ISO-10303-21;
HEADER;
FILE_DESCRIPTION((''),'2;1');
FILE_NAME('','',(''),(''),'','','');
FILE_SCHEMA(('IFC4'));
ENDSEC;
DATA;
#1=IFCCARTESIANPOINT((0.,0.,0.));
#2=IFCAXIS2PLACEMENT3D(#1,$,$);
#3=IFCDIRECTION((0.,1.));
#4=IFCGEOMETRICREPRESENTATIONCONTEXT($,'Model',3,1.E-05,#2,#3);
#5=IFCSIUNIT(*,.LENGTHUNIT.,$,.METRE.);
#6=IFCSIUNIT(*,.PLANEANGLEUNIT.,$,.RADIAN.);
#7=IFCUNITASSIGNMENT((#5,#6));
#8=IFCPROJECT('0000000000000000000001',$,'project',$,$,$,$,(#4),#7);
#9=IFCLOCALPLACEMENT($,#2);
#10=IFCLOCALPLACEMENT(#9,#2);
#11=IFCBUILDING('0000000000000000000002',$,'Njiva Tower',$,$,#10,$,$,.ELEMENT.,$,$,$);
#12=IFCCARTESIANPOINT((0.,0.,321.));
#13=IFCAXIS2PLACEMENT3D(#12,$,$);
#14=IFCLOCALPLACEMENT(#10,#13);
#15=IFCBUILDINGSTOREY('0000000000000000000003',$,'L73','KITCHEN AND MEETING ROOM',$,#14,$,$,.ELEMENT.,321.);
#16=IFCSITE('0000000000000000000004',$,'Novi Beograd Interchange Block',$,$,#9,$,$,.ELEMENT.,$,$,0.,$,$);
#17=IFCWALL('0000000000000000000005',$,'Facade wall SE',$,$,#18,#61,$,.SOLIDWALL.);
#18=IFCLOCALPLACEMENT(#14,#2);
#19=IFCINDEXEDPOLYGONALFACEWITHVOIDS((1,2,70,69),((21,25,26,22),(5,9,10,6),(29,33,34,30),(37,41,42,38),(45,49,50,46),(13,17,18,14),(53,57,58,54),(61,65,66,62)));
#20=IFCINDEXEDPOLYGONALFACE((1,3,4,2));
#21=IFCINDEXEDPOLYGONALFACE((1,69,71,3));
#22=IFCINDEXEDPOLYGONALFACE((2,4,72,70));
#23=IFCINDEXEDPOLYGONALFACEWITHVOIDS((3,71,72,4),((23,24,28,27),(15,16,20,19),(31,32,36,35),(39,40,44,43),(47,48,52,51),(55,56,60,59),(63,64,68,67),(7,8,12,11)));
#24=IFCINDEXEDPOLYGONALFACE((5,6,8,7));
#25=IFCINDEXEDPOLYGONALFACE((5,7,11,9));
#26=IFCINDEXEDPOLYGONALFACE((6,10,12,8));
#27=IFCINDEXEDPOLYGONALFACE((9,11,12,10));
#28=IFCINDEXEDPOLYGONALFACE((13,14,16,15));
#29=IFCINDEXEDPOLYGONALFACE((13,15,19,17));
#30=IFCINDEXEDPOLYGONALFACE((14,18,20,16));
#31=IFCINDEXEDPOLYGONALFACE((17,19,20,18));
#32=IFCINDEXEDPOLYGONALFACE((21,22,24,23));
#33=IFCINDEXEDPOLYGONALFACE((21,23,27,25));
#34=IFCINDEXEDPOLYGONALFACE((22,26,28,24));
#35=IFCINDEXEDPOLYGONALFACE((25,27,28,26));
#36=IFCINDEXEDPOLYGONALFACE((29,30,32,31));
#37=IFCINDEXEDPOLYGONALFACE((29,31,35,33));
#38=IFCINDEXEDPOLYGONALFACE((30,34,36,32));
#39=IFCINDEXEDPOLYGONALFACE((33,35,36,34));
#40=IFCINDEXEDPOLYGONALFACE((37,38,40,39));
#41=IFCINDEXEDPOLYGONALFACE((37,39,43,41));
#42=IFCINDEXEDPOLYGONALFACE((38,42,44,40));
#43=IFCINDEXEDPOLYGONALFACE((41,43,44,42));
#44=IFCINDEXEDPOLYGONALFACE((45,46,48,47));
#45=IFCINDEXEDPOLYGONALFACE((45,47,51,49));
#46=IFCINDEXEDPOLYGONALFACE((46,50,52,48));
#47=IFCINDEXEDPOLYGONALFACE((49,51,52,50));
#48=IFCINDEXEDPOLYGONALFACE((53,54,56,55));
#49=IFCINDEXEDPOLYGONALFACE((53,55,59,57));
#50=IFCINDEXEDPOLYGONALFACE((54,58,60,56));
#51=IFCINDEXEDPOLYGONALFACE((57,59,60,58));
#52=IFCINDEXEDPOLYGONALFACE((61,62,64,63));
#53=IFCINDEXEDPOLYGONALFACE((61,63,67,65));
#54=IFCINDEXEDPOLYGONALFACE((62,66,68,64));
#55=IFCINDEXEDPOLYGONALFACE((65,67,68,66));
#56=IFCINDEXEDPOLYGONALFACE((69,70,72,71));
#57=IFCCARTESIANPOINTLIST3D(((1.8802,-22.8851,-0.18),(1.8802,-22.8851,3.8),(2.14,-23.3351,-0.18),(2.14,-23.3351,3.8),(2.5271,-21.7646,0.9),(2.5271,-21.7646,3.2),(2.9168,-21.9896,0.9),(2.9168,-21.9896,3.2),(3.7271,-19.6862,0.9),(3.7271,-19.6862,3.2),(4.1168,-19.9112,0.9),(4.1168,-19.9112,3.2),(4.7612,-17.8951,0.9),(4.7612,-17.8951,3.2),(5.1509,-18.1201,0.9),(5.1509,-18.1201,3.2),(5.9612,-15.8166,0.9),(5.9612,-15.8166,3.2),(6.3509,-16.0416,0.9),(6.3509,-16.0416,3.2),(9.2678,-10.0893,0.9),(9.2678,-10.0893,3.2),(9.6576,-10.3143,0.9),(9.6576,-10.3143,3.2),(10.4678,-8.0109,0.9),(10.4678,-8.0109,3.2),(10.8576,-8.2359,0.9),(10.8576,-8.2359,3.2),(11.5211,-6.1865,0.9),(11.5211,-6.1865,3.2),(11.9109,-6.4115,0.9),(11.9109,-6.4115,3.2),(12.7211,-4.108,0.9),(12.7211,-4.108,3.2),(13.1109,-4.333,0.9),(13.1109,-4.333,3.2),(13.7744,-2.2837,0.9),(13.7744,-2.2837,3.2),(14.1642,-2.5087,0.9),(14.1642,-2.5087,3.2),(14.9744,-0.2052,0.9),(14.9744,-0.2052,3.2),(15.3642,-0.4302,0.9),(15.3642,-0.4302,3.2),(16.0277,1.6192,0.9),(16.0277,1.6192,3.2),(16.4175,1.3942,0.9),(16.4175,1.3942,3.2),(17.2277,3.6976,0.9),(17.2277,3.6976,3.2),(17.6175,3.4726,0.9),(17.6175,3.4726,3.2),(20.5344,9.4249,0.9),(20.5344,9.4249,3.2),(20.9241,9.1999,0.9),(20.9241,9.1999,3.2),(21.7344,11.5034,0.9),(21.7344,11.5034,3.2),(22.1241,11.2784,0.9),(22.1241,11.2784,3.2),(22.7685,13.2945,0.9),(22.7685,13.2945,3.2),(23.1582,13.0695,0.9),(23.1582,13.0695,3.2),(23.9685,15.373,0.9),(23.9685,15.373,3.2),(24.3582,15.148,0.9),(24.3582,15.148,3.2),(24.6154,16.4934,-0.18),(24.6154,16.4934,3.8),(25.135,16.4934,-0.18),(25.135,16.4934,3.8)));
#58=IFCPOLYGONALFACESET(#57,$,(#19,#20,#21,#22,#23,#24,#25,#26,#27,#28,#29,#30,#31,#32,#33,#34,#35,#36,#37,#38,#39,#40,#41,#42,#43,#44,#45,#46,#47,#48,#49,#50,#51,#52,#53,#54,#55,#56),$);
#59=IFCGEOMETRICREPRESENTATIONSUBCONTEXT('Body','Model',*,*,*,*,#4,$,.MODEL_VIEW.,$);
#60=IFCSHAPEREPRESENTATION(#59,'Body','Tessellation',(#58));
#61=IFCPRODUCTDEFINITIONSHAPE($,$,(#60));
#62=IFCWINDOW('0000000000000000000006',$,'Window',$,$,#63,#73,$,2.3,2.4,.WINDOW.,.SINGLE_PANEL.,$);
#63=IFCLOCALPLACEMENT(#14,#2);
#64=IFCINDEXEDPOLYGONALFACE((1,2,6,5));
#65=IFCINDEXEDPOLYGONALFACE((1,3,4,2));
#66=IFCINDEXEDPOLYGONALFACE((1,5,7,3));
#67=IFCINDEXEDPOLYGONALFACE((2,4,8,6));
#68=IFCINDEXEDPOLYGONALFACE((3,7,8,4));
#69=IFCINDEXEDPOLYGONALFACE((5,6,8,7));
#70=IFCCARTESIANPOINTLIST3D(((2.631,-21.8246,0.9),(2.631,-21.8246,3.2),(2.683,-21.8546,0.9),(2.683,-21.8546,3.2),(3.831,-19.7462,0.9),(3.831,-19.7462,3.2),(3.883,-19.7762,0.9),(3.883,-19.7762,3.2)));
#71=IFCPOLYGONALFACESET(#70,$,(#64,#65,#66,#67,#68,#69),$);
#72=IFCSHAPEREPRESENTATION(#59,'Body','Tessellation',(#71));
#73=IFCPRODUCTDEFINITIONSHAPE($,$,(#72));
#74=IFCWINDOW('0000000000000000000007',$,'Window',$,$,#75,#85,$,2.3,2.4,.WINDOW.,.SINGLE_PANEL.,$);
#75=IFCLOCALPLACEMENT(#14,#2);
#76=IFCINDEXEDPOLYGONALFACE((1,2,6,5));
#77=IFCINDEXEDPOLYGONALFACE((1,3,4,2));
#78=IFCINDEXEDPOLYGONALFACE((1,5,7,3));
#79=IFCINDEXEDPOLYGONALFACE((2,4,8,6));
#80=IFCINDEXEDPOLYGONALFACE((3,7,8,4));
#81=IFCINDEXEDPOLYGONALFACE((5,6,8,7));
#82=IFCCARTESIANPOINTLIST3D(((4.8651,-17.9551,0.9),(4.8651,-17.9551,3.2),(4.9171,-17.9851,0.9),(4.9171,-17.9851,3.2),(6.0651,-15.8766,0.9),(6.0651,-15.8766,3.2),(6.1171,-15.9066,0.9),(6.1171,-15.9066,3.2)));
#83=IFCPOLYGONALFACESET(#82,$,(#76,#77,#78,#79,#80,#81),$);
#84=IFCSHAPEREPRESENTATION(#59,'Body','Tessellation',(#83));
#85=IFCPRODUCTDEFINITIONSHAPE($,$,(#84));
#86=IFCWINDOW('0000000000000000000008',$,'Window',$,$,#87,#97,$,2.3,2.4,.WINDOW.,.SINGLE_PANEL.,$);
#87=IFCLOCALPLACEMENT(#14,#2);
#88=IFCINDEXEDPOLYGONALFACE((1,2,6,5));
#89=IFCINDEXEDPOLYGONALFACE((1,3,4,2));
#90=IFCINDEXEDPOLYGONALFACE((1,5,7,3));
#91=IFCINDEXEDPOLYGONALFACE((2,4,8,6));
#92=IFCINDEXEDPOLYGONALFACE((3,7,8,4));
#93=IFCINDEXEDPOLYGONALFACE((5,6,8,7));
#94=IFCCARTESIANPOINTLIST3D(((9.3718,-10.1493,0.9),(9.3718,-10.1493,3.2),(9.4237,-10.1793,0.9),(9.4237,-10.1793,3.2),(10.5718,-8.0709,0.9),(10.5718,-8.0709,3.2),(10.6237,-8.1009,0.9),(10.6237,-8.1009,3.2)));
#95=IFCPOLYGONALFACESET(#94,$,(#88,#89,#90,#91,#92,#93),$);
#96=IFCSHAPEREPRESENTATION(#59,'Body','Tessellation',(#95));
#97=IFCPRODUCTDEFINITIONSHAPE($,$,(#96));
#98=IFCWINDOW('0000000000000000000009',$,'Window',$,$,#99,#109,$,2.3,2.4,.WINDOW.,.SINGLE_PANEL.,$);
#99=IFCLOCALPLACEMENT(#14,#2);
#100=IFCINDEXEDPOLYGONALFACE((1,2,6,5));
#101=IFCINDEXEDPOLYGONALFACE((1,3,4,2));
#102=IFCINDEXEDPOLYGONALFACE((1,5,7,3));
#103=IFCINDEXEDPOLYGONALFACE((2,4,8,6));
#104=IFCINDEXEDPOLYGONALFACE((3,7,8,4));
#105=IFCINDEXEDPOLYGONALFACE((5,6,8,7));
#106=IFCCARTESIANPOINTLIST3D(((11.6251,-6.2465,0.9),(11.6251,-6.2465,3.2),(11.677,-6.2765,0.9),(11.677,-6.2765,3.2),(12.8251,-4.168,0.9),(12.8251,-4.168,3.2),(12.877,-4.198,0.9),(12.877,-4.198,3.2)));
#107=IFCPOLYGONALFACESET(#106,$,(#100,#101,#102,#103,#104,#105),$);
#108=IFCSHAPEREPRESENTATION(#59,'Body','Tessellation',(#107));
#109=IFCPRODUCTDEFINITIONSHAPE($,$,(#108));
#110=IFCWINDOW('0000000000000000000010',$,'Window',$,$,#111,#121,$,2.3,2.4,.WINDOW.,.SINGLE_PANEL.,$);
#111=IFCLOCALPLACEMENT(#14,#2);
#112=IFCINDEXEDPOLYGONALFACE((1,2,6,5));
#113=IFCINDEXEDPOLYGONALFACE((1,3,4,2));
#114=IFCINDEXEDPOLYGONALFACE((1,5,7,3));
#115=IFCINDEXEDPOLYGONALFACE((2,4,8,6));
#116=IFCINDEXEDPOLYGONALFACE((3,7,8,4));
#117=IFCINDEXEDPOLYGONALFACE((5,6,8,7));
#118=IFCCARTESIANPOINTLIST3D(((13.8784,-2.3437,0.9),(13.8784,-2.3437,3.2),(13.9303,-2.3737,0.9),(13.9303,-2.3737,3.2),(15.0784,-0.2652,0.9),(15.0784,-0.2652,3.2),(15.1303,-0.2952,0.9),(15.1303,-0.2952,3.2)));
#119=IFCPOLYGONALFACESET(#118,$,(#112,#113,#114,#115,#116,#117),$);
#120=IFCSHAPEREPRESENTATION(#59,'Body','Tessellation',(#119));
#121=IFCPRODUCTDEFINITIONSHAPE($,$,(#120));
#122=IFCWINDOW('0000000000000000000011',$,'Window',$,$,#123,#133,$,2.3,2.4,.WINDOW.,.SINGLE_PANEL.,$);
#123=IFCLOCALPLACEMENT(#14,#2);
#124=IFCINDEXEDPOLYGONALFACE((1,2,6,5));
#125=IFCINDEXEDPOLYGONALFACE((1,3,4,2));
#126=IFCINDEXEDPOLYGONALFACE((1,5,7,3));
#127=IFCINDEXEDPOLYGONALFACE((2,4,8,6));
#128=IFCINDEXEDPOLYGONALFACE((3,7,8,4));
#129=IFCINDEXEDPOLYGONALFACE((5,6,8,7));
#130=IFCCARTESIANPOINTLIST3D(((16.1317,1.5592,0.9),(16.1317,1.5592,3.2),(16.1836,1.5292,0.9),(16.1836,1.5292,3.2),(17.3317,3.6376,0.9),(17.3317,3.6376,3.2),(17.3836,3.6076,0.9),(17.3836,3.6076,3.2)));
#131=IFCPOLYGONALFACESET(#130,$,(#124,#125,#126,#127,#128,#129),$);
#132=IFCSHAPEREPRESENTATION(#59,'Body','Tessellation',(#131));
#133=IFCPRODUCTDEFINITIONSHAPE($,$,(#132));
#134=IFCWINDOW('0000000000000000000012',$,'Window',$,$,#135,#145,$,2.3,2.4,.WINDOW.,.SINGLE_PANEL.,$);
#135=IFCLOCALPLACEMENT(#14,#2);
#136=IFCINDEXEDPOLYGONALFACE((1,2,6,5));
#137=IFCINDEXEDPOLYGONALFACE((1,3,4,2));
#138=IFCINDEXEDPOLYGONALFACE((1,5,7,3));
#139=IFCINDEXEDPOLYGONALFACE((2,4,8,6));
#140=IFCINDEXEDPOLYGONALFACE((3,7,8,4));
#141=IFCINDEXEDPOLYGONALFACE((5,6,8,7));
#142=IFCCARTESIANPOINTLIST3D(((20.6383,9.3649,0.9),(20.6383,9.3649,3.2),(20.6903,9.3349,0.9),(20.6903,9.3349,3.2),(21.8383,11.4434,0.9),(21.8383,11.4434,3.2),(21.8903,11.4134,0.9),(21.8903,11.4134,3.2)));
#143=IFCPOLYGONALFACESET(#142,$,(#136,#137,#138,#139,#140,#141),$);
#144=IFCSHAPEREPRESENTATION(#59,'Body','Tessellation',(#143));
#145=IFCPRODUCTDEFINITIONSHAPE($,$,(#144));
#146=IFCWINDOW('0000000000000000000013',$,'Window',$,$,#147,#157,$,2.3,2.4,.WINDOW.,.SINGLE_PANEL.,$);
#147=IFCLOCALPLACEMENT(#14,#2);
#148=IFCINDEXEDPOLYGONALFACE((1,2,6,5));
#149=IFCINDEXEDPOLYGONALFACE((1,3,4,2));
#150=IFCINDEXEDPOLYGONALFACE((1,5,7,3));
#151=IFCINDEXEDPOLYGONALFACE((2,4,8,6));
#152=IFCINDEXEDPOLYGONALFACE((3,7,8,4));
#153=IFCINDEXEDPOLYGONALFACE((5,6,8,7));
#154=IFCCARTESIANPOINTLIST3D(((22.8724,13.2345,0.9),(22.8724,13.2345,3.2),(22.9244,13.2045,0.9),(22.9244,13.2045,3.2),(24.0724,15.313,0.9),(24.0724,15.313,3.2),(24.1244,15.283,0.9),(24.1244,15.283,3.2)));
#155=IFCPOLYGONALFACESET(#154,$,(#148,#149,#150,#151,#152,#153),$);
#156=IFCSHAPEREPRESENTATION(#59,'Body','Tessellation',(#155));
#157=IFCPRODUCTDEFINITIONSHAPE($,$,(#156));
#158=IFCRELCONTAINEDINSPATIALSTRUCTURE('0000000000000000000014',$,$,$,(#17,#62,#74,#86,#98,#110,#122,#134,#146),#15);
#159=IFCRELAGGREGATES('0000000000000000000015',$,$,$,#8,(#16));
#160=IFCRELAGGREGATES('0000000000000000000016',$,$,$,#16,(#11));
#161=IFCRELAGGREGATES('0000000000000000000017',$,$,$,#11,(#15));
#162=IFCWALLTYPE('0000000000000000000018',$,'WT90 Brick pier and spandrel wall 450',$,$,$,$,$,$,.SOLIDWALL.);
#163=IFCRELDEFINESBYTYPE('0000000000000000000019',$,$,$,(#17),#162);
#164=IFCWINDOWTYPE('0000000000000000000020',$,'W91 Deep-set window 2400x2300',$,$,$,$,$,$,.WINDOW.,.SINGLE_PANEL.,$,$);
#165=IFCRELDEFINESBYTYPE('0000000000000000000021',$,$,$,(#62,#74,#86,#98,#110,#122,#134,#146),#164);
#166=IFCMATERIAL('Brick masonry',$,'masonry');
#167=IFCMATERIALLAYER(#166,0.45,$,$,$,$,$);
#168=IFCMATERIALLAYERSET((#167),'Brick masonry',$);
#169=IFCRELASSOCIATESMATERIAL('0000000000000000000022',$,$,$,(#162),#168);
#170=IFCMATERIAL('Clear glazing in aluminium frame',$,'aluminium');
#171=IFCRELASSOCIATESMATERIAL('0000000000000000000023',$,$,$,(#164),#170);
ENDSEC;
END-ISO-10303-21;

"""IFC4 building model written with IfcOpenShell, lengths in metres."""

from ifc_helpers import new_model, si_unit, direction, frame, frame_2d, origin, place, context, subcontext, project, spatial, polyline, rectangle, outline, extrude, material, layer, layer_set, type_object, element, fill, save


model = new_model("IFC4")

# Units and contexts
model_context = context("Model", 3, precision=1e-05, world=origin(), true_north=direction((0.0, 1.0)))
body_context = subcontext(model_context, "Body", "Model", "MODEL_VIEW")
ifc_project = project(units=[si_unit("LENGTHUNIT", "METRE"), si_unit("PLANEANGLEUNIT", "RADIAN")], contexts=[model_context])

# Site, building, storey
site_placement = place(None, origin())
site = spatial("IfcSite", under=ifc_project, at=site_placement, Name="Novi Beograd Interchange Block", CompositionType="ELEMENT", RefElevation=0.0)
building_placement = place(site_placement, origin())
building = spatial("IfcBuilding", under=site, at=building_placement, Name="Njiva Tower", CompositionType="ELEMENT")
storey_placement = place(building_placement, frame((0.0, 0.0, 321.0)))
storey = spatial("IfcBuildingStorey", under=building, at=storey_placement, Name="L73", Description="KITCHEN AND MEETING ROOM", CompositionType="ELEMENT", Elevation=321.0)

# Wall, openings, windows
ifc_material_1 = material(Name="Brick masonry", Category="masonry")
ifc_layer_1 = layer(ifc_material_1, 0.45)
ifc_layer_set_1 = layer_set([ifc_layer_1], Name="Brick masonry")
wall_type_1 = type_object("IfcWallType", Name="WT90 Brick pier and spandrel wall 450", PredefinedType="SOLIDWALL", material=ifc_layer_set_1)
wall_1_placement = place(storey_placement, frame((2.0101, -23.1101, -0.18), z_axis=(0.0, 0.0, 1.0), x_axis=(0.5, 0.866025, 0.0)))
wall_1 = element("IfcWall", 1, at=wall_1_placement, inside=storey, type_object=wall_type_1, Name="Facade wall SE", PredefinedType="SOLIDWALL", context=body_context, shape_type="SweptSolid", body=[
    extrude(outline(polyline([(-0.1299, -0.225), (45.8601, -0.225), (45.6003, 0.225), (0.1299, 0.225), (-0.1299, -0.225)])), origin(), (0.0, 0.0, 1.0), 3.98),
])
opening_1_placement = place(wall_1_placement, frame((1.4237, 0.0, 1.08)))
opening_1 = element("IfcOpeningElement", 2, at=opening_1_placement, cuts=wall_1, PredefinedType="OPENING", context=body_context, shape_type="SweptSolid", body=[
    extrude(rectangle(XDim=2.4, YDim=2.3, at=frame_2d((1.2, 1.15))), frame((0.0, 0.235, 0.0), z_axis=(0.0, -1.0, 0.0), x_axis=(1.0, 0.0, 0.0)), (0.0, 0.0, 1.0), 0.47),
])
opening_2_placement = place(wall_1_placement, frame((5.8919, 0.0, 1.08)))
opening_2 = element("IfcOpeningElement", 3, at=opening_2_placement, cuts=wall_1, PredefinedType="OPENING", context=body_context, shape_type="SweptSolid", body=[
    extrude(rectangle(XDim=2.4, YDim=2.3, at=frame_2d((1.2, 1.15))), frame((0.0, 0.235, 0.0), z_axis=(0.0, -1.0, 0.0), x_axis=(1.0, 0.0, 0.0)), (0.0, 0.0, 1.0), 0.47),
])
opening_3_placement = place(wall_1_placement, frame((14.9052, 0.0, 1.08)))
opening_3 = element("IfcOpeningElement", 4, at=opening_3_placement, cuts=wall_1, PredefinedType="OPENING", context=body_context, shape_type="SweptSolid", body=[
    extrude(rectangle(XDim=2.4, YDim=2.3, at=frame_2d((1.2, 1.15))), frame((0.0, 0.235, 0.0), z_axis=(0.0, -1.0, 0.0), x_axis=(1.0, 0.0, 0.0)), (0.0, 0.0, 1.0), 0.47),
])
opening_4_placement = place(wall_1_placement, frame((19.4118, 0.0, 1.08)))
opening_4 = element("IfcOpeningElement", 5, at=opening_4_placement, cuts=wall_1, PredefinedType="OPENING", context=body_context, shape_type="SweptSolid", body=[
    extrude(rectangle(XDim=2.4, YDim=2.3, at=frame_2d((1.2, 1.15))), frame((0.0, 0.235, 0.0), z_axis=(0.0, -1.0, 0.0), x_axis=(1.0, 0.0, 0.0)), (0.0, 0.0, 1.0), 0.47),
])
opening_5_placement = place(wall_1_placement, frame((23.9184, 0.0, 1.08)))
opening_5 = element("IfcOpeningElement", 6, at=opening_5_placement, cuts=wall_1, PredefinedType="OPENING", context=body_context, shape_type="SweptSolid", body=[
    extrude(rectangle(XDim=2.4, YDim=2.3, at=frame_2d((1.2, 1.15))), frame((0.0, 0.235, 0.0), z_axis=(0.0, -1.0, 0.0), x_axis=(1.0, 0.0, 0.0)), (0.0, 0.0, 1.0), 0.47),
])
opening_6_placement = place(wall_1_placement, frame((28.425, 0.0, 1.08)))
opening_6 = element("IfcOpeningElement", 7, at=opening_6_placement, cuts=wall_1, PredefinedType="OPENING", context=body_context, shape_type="SweptSolid", body=[
    extrude(rectangle(XDim=2.4, YDim=2.3, at=frame_2d((1.2, 1.15))), frame((0.0, 0.235, 0.0), z_axis=(0.0, -1.0, 0.0), x_axis=(1.0, 0.0, 0.0)), (0.0, 0.0, 1.0), 0.47),
])
opening_7_placement = place(wall_1_placement, frame((37.4383, 0.0, 1.08)))
opening_7 = element("IfcOpeningElement", 8, at=opening_7_placement, cuts=wall_1, PredefinedType="OPENING", context=body_context, shape_type="SweptSolid", body=[
    extrude(rectangle(XDim=2.4, YDim=2.3, at=frame_2d((1.2, 1.15))), frame((0.0, 0.235, 0.0), z_axis=(0.0, -1.0, 0.0), x_axis=(1.0, 0.0, 0.0)), (0.0, 0.0, 1.0), 0.47),
])
opening_8_placement = place(wall_1_placement, frame((41.9065, 0.0, 1.08)))
opening_8 = element("IfcOpeningElement", 9, at=opening_8_placement, cuts=wall_1, PredefinedType="OPENING", context=body_context, shape_type="SweptSolid", body=[
    extrude(rectangle(XDim=2.4, YDim=2.3, at=frame_2d((1.2, 1.15))), frame((0.0, 0.235, 0.0), z_axis=(0.0, -1.0, 0.0), x_axis=(1.0, 0.0, 0.0)), (0.0, 0.0, 1.0), 0.47),
])
ifc_material_2 = material(Name="Clear glazing in aluminium frame", Category="aluminium")
window_type = type_object("IfcWindowType", Name="W91 Deep-set window 2400x2300", PartitioningType="SINGLE_PANEL", PredefinedType="WINDOW", material=ifc_material_2)
window_1_placement = place(opening_1_placement, origin())
window_1 = element("IfcWindow", 10, at=window_1_placement, inside=storey, type_object=window_type, Name="Window", OverallHeight=2.3, OverallWidth=2.4, PartitioningType="SINGLE_PANEL", PredefinedType="WINDOW", context=body_context, shape_type="SweptSolid", body=[
    extrude(rectangle(XDim=2.4, YDim=2.3, at=frame_2d((1.2, 1.15))), frame((0.0, 0.105, 0.0), z_axis=(0.0, -1.0, 0.0), x_axis=(1.0, 0.0, 0.0)), (0.0, 0.0, 1.0), 0.06),
])
fill(opening_1, window_1)
window_2_placement = place(opening_2_placement, origin())
window_2 = element("IfcWindow", 11, at=window_2_placement, inside=storey, type_object=window_type, Name="Window", OverallHeight=2.3, OverallWidth=2.4, PartitioningType="SINGLE_PANEL", PredefinedType="WINDOW", context=body_context, shape_type="SweptSolid", body=[
    extrude(rectangle(XDim=2.4, YDim=2.3, at=frame_2d((1.2, 1.15))), frame((0.0, 0.105, 0.0), z_axis=(0.0, -1.0, 0.0), x_axis=(1.0, 0.0, 0.0)), (0.0, 0.0, 1.0), 0.06),
])
fill(opening_2, window_2)
window_3_placement = place(opening_3_placement, origin())
window_3 = element("IfcWindow", 12, at=window_3_placement, inside=storey, type_object=window_type, Name="Window", OverallHeight=2.3, OverallWidth=2.4, PartitioningType="SINGLE_PANEL", PredefinedType="WINDOW", context=body_context, shape_type="SweptSolid", body=[
    extrude(rectangle(XDim=2.4, YDim=2.3, at=frame_2d((1.2, 1.15))), frame((0.0, 0.105, 0.0), z_axis=(0.0, -1.0, 0.0), x_axis=(1.0, 0.0, 0.0)), (0.0, 0.0, 1.0), 0.06),
])
fill(opening_3, window_3)
window_4_placement = place(opening_4_placement, origin())
window_4 = element("IfcWindow", 13, at=window_4_placement, inside=storey, type_object=window_type, Name="Window", OverallHeight=2.3, OverallWidth=2.4, PartitioningType="SINGLE_PANEL", PredefinedType="WINDOW", context=body_context, shape_type="SweptSolid", body=[
    extrude(rectangle(XDim=2.4, YDim=2.3, at=frame_2d((1.2, 1.15))), frame((0.0, 0.105, 0.0), z_axis=(0.0, -1.0, 0.0), x_axis=(1.0, 0.0, 0.0)), (0.0, 0.0, 1.0), 0.06),
])
fill(opening_4, window_4)
window_5_placement = place(opening_5_placement, origin())
window_5 = element("IfcWindow", 14, at=window_5_placement, inside=storey, type_object=window_type, Name="Window", OverallHeight=2.3, OverallWidth=2.4, PartitioningType="SINGLE_PANEL", PredefinedType="WINDOW", context=body_context, shape_type="SweptSolid", body=[
    extrude(rectangle(XDim=2.4, YDim=2.3, at=frame_2d((1.2, 1.15))), frame((0.0, 0.105, 0.0), z_axis=(0.0, -1.0, 0.0), x_axis=(1.0, 0.0, 0.0)), (0.0, 0.0, 1.0), 0.06),
])
fill(opening_5, window_5)
window_6_placement = place(opening_6_placement, origin())
window_6 = element("IfcWindow", 15, at=window_6_placement, inside=storey, type_object=window_type, Name="Window", OverallHeight=2.3, OverallWidth=2.4, PartitioningType="SINGLE_PANEL", PredefinedType="WINDOW", context=body_context, shape_type="SweptSolid", body=[
    extrude(rectangle(XDim=2.4, YDim=2.3, at=frame_2d((1.2, 1.15))), frame((0.0, 0.105, 0.0), z_axis=(0.0, -1.0, 0.0), x_axis=(1.0, 0.0, 0.0)), (0.0, 0.0, 1.0), 0.06),
])
fill(opening_6, window_6)
window_7_placement = place(opening_7_placement, origin())
window_7 = element("IfcWindow", 16, at=window_7_placement, inside=storey, type_object=window_type, Name="Window", OverallHeight=2.3, OverallWidth=2.4, PartitioningType="SINGLE_PANEL", PredefinedType="WINDOW", context=body_context, shape_type="SweptSolid", body=[
    extrude(rectangle(XDim=2.4, YDim=2.3, at=frame_2d((1.2, 1.15))), frame((0.0, 0.105, 0.0), z_axis=(0.0, -1.0, 0.0), x_axis=(1.0, 0.0, 0.0)), (0.0, 0.0, 1.0), 0.06),
])
fill(opening_7, window_7)
window_8_placement = place(opening_8_placement, origin())
window_8 = element("IfcWindow", 17, at=window_8_placement, inside=storey, type_object=window_type, Name="Window", OverallHeight=2.3, OverallWidth=2.4, PartitioningType="SINGLE_PANEL", PredefinedType="WINDOW", context=body_context, shape_type="SweptSolid", body=[
    extrude(rectangle(XDim=2.4, YDim=2.3, at=frame_2d((1.2, 1.15))), frame((0.0, 0.105, 0.0), z_axis=(0.0, -1.0, 0.0), x_axis=(1.0, 0.0, 0.0)), (0.0, 0.0, 1.0), 0.06),
])
fill(opening_8, window_8)

save(model, "model.ifc")
